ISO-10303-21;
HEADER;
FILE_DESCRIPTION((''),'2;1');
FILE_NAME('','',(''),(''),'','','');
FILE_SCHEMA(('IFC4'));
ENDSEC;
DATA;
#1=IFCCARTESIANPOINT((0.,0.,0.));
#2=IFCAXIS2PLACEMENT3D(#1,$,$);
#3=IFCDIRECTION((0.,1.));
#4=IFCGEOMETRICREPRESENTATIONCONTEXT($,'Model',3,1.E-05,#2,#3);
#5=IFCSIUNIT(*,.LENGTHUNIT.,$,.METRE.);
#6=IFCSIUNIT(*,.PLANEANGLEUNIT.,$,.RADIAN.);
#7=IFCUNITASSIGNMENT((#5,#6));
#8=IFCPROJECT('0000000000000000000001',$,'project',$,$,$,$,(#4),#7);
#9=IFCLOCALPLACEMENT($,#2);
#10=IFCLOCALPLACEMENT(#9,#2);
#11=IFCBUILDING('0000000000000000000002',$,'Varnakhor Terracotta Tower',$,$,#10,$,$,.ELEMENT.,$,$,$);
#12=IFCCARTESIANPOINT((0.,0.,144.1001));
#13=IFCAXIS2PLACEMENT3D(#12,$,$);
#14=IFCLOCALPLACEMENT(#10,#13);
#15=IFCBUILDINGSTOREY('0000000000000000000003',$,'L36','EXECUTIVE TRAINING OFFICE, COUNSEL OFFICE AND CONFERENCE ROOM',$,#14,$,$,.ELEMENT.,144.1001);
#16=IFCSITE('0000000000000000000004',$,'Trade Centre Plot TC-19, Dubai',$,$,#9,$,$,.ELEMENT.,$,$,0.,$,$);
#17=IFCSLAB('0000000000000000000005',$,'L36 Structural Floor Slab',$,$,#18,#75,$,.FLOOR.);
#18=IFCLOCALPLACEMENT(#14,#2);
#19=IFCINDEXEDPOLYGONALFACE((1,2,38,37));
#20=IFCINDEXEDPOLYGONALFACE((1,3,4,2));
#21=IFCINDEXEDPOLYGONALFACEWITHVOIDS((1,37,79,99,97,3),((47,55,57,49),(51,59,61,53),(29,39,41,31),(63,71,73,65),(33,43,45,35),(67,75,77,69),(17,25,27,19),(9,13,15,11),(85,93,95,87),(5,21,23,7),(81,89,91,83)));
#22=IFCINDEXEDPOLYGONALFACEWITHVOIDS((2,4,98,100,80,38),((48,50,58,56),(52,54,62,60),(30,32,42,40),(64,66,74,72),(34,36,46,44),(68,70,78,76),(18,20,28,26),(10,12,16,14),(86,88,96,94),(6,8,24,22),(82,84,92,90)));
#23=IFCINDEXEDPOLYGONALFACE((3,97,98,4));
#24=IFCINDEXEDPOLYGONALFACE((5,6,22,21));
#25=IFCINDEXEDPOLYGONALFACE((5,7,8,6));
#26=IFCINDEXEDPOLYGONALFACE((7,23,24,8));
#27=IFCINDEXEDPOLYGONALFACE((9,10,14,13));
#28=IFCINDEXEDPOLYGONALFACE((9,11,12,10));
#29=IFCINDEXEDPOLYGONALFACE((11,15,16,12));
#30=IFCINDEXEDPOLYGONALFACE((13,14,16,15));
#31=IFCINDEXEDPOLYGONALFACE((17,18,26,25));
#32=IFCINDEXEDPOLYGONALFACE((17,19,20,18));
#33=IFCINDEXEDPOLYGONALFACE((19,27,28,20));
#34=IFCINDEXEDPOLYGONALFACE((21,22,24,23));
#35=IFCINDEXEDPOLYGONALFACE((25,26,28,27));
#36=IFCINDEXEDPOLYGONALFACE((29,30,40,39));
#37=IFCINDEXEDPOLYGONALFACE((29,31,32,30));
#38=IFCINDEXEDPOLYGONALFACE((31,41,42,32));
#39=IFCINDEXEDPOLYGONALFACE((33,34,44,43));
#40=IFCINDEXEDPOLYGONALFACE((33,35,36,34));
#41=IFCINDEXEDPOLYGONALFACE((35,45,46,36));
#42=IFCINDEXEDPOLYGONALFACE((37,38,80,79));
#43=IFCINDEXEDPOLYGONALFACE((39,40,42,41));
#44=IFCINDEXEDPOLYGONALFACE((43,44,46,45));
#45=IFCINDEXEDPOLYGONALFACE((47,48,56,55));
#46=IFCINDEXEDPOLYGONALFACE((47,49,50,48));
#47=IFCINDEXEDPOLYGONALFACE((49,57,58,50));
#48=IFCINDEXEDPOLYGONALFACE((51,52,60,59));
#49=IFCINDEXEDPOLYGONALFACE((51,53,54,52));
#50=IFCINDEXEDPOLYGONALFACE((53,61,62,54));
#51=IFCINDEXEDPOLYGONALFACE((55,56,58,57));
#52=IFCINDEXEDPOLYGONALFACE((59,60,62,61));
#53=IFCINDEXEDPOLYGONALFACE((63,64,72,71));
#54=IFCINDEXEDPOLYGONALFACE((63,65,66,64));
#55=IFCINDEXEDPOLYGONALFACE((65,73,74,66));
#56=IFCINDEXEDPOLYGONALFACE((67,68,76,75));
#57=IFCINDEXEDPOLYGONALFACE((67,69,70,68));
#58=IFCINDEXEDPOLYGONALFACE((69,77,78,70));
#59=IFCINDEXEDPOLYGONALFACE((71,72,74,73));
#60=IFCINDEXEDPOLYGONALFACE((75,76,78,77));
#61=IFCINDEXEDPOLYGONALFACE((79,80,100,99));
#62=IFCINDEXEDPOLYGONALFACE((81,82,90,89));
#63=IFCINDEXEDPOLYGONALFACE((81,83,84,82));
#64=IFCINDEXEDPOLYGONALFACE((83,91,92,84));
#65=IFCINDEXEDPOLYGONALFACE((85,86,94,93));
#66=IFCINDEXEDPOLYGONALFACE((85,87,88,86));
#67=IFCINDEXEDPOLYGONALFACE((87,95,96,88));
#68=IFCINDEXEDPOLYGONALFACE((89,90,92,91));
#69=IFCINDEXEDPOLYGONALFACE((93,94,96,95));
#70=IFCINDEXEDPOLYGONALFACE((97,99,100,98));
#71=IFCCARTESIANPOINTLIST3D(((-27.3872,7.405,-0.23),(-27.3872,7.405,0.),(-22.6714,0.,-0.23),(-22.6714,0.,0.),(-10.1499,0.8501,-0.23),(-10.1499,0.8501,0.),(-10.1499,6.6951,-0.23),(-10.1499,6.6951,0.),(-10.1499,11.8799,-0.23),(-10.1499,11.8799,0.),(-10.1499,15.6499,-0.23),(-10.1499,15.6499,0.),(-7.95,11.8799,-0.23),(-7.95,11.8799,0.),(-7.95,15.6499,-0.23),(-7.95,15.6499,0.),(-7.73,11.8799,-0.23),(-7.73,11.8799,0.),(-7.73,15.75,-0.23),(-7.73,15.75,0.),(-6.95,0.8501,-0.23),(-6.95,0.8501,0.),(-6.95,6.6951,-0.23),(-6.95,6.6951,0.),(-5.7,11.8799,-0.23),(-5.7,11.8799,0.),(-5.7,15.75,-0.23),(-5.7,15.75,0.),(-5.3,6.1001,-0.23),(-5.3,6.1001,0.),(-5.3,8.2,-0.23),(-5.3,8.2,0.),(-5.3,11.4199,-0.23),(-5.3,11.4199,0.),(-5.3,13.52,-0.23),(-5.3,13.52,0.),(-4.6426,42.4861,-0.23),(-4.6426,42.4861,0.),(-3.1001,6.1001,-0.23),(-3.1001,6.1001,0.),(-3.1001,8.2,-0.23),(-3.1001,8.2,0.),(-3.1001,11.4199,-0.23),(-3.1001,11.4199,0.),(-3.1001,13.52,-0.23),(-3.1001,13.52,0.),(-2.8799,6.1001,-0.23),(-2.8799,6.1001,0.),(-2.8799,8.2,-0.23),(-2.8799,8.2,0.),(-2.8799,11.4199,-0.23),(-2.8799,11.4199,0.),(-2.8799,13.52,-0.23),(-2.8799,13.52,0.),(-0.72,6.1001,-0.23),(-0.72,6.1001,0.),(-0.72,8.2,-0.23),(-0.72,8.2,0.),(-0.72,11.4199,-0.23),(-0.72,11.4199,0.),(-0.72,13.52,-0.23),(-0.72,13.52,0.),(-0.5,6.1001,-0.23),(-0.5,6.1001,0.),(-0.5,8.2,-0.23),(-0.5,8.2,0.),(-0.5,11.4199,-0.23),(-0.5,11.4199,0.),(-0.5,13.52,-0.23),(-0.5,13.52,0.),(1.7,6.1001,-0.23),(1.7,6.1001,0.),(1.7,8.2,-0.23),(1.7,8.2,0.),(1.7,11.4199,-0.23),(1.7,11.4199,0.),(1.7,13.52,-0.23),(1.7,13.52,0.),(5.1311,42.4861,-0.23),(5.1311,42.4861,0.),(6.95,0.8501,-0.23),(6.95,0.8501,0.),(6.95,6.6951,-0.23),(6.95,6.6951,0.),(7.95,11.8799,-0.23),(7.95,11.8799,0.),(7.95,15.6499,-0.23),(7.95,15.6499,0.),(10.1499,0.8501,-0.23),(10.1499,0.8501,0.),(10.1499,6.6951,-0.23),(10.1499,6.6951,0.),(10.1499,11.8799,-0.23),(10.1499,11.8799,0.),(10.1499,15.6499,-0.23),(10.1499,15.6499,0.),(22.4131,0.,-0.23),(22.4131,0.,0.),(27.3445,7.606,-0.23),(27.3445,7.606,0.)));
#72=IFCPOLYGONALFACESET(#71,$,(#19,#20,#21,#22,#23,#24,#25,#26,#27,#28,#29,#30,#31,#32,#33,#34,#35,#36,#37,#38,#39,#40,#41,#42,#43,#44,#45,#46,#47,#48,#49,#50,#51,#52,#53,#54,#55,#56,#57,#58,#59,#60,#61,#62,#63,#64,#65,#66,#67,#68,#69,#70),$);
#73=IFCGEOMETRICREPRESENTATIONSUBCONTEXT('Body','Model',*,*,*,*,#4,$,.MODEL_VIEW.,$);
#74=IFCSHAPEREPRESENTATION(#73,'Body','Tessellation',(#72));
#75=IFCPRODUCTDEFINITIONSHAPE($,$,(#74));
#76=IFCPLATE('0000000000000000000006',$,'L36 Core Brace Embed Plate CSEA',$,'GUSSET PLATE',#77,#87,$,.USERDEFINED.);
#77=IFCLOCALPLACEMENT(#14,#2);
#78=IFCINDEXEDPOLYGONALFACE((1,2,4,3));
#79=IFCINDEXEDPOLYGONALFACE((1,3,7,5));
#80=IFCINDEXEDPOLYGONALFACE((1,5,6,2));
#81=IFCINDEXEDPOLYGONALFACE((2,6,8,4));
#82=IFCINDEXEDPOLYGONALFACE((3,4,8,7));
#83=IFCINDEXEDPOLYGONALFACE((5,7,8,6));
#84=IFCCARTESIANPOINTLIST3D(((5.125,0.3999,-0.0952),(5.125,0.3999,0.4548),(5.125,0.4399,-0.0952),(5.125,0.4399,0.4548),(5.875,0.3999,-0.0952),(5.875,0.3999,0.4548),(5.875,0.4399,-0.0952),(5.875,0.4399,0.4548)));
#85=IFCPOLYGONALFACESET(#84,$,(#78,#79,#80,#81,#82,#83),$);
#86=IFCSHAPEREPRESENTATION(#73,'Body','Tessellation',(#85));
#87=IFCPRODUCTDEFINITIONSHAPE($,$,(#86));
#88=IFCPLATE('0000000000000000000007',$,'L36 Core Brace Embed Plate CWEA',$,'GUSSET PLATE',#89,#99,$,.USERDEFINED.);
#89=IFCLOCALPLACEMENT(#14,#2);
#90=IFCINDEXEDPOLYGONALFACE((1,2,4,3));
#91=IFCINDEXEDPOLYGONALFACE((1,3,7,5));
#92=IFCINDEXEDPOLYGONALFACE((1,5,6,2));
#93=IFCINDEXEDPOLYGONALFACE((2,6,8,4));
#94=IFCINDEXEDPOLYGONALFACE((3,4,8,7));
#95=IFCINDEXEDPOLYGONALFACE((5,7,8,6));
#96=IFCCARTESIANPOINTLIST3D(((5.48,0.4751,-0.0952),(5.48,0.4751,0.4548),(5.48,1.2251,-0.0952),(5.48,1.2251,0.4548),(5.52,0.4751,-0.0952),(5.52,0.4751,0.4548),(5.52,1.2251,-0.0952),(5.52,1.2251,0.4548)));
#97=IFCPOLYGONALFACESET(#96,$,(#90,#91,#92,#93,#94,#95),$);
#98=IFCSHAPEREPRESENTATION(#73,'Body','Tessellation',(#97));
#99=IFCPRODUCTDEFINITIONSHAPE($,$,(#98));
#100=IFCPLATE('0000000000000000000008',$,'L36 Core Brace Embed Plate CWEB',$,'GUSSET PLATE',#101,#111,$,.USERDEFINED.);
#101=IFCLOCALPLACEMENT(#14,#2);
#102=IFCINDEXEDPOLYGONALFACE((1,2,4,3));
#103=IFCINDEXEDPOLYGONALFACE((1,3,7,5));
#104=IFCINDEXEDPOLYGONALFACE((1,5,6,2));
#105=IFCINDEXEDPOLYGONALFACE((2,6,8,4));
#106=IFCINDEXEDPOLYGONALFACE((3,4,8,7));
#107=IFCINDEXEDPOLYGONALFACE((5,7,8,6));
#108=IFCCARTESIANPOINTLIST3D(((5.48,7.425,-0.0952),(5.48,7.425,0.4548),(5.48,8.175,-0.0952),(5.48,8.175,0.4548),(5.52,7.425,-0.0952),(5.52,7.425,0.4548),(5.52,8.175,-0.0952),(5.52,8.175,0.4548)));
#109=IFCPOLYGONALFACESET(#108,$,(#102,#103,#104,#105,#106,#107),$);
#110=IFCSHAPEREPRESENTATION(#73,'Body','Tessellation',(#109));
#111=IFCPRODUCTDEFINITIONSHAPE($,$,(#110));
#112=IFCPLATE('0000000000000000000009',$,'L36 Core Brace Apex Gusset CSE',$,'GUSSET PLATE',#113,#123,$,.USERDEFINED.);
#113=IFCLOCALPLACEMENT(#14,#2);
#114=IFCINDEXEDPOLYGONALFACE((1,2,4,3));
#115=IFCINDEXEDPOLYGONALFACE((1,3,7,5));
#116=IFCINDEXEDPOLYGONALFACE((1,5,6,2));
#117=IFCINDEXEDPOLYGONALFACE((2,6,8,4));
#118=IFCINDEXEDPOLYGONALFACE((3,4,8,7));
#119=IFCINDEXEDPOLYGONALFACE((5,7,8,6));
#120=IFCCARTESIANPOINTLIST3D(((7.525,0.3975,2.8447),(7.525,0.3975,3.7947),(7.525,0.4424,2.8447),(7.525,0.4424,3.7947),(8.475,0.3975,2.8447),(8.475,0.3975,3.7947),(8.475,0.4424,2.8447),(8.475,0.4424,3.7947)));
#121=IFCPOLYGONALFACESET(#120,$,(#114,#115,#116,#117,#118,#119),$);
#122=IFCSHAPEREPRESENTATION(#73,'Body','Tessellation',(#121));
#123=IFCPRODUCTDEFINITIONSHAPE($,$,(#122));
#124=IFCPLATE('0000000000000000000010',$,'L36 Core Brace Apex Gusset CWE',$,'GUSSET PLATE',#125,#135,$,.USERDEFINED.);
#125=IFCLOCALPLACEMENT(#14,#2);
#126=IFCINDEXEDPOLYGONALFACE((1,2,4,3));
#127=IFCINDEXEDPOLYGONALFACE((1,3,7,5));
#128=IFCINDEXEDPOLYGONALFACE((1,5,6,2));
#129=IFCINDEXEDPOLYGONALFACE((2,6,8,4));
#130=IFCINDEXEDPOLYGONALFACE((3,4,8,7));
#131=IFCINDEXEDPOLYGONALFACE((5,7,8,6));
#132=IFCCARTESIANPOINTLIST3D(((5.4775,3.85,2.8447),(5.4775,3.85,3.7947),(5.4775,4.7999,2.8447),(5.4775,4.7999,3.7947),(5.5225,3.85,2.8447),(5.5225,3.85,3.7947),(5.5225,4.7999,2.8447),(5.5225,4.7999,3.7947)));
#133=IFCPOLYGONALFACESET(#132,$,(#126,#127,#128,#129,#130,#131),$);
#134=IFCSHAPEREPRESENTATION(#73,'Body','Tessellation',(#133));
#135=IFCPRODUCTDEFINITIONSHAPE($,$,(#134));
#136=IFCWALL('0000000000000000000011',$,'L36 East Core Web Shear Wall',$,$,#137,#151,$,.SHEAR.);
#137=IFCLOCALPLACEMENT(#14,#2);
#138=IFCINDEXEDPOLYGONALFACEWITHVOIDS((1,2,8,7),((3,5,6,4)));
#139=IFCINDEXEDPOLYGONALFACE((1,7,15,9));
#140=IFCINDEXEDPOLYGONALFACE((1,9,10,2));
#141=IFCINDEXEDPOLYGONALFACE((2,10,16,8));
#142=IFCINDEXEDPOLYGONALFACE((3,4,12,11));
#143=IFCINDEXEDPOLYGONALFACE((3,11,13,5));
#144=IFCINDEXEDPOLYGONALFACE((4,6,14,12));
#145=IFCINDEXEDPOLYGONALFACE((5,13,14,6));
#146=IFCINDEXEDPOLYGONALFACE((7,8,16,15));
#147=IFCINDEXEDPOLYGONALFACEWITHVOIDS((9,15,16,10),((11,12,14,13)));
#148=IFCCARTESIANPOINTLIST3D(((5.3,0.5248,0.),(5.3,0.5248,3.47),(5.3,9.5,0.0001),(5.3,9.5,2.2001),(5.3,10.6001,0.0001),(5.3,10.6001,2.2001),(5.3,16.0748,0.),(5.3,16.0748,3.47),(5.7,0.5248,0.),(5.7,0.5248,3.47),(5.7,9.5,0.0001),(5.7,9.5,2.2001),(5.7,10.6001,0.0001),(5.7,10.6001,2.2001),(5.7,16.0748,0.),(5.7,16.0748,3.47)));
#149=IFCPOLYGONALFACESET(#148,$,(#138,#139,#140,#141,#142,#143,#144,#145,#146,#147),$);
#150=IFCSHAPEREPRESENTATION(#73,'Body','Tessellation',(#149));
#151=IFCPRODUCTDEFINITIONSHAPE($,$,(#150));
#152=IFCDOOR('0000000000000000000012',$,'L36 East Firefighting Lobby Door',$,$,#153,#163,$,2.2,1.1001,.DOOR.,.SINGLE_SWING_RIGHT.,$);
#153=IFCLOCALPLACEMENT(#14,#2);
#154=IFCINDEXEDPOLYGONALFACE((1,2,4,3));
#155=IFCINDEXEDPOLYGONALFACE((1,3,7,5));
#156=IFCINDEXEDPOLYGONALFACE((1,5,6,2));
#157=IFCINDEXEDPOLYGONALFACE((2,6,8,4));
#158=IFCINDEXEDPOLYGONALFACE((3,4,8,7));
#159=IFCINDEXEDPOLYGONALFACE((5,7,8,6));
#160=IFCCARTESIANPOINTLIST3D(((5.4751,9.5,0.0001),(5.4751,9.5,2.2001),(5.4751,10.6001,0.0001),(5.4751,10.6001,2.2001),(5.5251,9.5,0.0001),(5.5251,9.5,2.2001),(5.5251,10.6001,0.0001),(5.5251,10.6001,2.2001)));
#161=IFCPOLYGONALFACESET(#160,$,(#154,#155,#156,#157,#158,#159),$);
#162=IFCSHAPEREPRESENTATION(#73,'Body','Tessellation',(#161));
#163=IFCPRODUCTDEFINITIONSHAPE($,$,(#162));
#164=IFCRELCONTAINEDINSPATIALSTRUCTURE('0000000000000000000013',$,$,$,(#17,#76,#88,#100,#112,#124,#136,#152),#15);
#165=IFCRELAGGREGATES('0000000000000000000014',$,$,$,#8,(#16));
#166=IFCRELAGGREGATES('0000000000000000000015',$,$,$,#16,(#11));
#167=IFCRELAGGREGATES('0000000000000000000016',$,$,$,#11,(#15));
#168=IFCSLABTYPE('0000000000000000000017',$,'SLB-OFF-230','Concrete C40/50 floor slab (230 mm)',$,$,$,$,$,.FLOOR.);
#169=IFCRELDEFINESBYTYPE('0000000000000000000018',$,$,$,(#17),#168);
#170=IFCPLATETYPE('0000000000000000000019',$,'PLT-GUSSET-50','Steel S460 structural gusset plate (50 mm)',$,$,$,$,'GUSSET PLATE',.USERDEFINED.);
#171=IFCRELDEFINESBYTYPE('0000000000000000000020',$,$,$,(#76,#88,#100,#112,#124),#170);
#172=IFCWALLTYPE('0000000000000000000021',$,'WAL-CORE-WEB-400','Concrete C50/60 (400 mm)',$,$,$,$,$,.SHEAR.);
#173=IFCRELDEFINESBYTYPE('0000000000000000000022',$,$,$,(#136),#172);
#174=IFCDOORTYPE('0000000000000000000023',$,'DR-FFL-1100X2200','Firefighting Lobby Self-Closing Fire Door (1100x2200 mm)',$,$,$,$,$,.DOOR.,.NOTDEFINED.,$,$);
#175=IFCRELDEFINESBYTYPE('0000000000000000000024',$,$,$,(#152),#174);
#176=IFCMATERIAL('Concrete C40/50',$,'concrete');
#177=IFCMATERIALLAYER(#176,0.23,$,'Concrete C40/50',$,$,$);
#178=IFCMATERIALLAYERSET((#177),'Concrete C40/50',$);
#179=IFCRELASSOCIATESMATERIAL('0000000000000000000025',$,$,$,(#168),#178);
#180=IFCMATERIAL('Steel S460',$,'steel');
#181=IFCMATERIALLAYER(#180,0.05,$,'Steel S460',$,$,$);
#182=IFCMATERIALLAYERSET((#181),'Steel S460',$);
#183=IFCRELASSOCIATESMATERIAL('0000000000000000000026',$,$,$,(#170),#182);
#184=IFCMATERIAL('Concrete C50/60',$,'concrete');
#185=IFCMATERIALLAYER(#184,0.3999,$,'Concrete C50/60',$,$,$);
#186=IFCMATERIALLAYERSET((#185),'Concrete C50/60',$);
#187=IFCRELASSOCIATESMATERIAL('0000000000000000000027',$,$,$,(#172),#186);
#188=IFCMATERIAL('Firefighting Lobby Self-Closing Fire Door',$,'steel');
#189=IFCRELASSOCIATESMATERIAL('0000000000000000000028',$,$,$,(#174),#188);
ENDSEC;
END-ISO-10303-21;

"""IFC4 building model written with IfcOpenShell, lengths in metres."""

from ifc_helpers import new_model, si_unit, direction, frame, frame_2d, origin, origin_2d, place, context, subcontext, project, spatial, polyline, rectangle, outline, extrude, source, transform, mapped, material, layer, layer_set, type_object, type_shapes, element, fill, save


model = new_model("IFC4")

# Units and contexts
model_context = context("Model", 3, precision=1e-05, world=origin(), true_north=direction((0.0, 1.0)))
body_context = subcontext(model_context, "Body", "Model", "MODEL_VIEW")
ifc_project = project(units=[si_unit("LENGTHUNIT", "METRE"), si_unit("PLANEANGLEUNIT", "RADIAN")], contexts=[model_context])

# Site, building, storey
site_placement = place(None, origin())
site = spatial("IfcSite", under=ifc_project, at=site_placement, Name="Trade Centre Plot TC-19, Dubai", CompositionType="ELEMENT", RefElevation=0.0)
building_placement = place(site_placement, origin())
building = spatial("IfcBuilding", under=site, at=building_placement, Name="Varnakhor Terracotta Tower", CompositionType="ELEMENT")
storey_placement = place(building_placement, frame((0.0, 0.0, 144.1001)))
storey = spatial("IfcBuildingStorey", under=building, at=storey_placement, Name="L36", Description="EXECUTIVE TRAINING OFFICE, COUNSEL OFFICE AND CONFERENCE ROOM", CompositionType="ELEMENT", Elevation=144.1001)

# Shared definitions
ifc_material_1 = material(Name="Concrete C50/60", Category="concrete")

# Shared definitions
ifc_material_2 = material(Name="Steel S460", Category="steel")

# Shared definitions
ifc_material_3 = material(Name="Concrete C40/50", Category="concrete")

# Slab
ifc_layer_1 = layer(ifc_material_3, 0.23, Name="Concrete C40/50")
ifc_layer_set_1 = layer_set([ifc_layer_1], Name="Concrete C40/50")
slab_type_1 = type_object("IfcSlabType", Name="SLB-OFF-230", Description="Concrete C40/50 floor slab (230 mm)", PredefinedType="FLOOR", material=ifc_layer_set_1)
slab_1_placement = place(storey_placement, frame((0.0, 0.0, -0.23)))
element("IfcSlab", 1, at=slab_1_placement, inside=storey, type_object=slab_type_1, Name="L36 Structural Floor Slab", PredefinedType="FLOOR", context=body_context, shape_type="SweptSolid", body=[
    extrude(outline(polyline([(-27.3872, 7.405), (-4.6426, 42.4861), (5.1311, 42.4861), (27.3445, 7.606), (22.4131, 0.0), (-22.6714, 0.0), (-27.3872, 7.405)]), holes=[polyline([(-6.95, 0.8501), (-6.95, 6.6951), (-10.1499, 6.6951), (-10.1499, 0.8501), (-6.95, 0.8501)]), polyline([(-3.1001, 6.1001), (-3.1001, 8.2), (-5.3, 8.2), (-5.3, 6.1001), (-3.1001, 6.1001)]), polyline([(-0.72, 6.1001), (-0.72, 8.2), (-2.8799, 8.2), (-2.8799, 6.1001), (-0.72, 6.1001)]), polyline([(-5.3, 11.4199), (-3.1001, 11.4199), (-3.1001, 13.52), (-5.3, 13.52), (-5.3, 11.4199)]), polyline([(-10.1499, 11.8799), (-7.95, 11.8799), (-7.95, 15.6499), (-10.1499, 15.6499), (-10.1499, 11.8799)]), polyline([(-5.7, 11.8799), (-5.7, 15.75), (-7.73, 15.75), (-7.73, 11.8799), (-5.7, 11.8799)]), polyline([(6.95, 0.8501), (10.1499, 0.8501), (10.1499, 6.6951), (6.95, 6.6951), (6.95, 0.8501)]), polyline([(-0.5, 6.1001), (1.7, 6.1001), (1.7, 8.2), (-0.5, 8.2), (-0.5, 6.1001)]), polyline([(-0.72, 11.4199), (-0.72, 13.52), (-2.8799, 13.52), (-2.8799, 11.4199), (-0.72, 11.4199)]), polyline([(-0.5, 11.4199), (1.7, 11.4199), (1.7, 13.52), (-0.5, 13.52), (-0.5, 11.4199)]), polyline([(7.95, 11.8799), (10.1499, 11.8799), (10.1499, 15.6499), (7.95, 15.6499), (7.95, 11.8799)])]), origin(), (0.0, 0.0, 1.0), 0.23),
])

# Plates
ifc_layer_2 = layer(ifc_material_2, 0.05, Name="Steel S460")
ifc_layer_set_2 = layer_set([ifc_layer_2], Name="Steel S460")
plate_type = type_object("IfcPlateType", Name="PLT-GUSSET-50", Description="Steel S460 structural gusset plate (50 mm)", ElementType="GUSSET PLATE", PredefinedType="USERDEFINED", material=ifc_layer_set_2)
shared_shape_1 = source(origin(), body_context, "Body", "SweptSolid", [
    extrude(rectangle(XDim=0.75, YDim=0.04, at=origin_2d()), origin(), (0.0, 0.0, 1.0), 0.55),
])
type_shapes(plate_type, [shared_shape_1])
for number, where, z_axis, x_axis, name in (
    (2, (5.5, 0.4199, -0.0952), (0.0, 0.0, 1.0), (1.0, 0.0, 0.0), "L36 Core Brace Embed Plate CSEA"),
    (3, (5.5, 0.8501, -0.0952), (0.0, 0.0, 1.0), (0.0, 1.0, 0.0), "L36 Core Brace Embed Plate CWEA"),
    (4, (5.5, 7.8, -0.0952), (0.0, 0.0, 1.0), (0.0, 1.0, 0.0), "L36 Core Brace Embed Plate CWEB"),
):
    element("IfcPlate", number, at=place(storey_placement, frame(where, z_axis=z_axis, x_axis=x_axis)), inside=storey, type_object=plate_type, Name=name, ObjectType="GUSSET PLATE", PredefinedType="USERDEFINED", context=body_context, shape_type="MappedRepresentation", body=[
        mapped(shared_shape_1, transform((0.0, 0.0, 0.0), scale=1.0)),
    ])
shared_shape_2 = source(origin(), body_context, "Body", "SweptSolid", [
    extrude(rectangle(XDim=0.95, YDim=0.0449, at=origin_2d()), origin(), (0.0, 0.0, 1.0), 0.95),
])
for number, where, z_axis, x_axis, name in (
    (5, (8.0, 0.4199, 2.8447), (0.0, 0.0, 1.0), (1.0, 0.0, 0.0), "L36 Core Brace Apex Gusset CSE"),
    (6, (5.5, 4.325, 2.8447), (0.0, 0.0, 1.0), (0.0, 1.0, 0.0), "L36 Core Brace Apex Gusset CWE"),
):
    element("IfcPlate", number, at=place(storey_placement, frame(where, z_axis=z_axis, x_axis=x_axis)), inside=storey, type_object=plate_type, Name=name, ObjectType="GUSSET PLATE", PredefinedType="USERDEFINED", context=body_context, shape_type="MappedRepresentation", body=[
        mapped(shared_shape_2, transform((0.0, 0.0, 0.0), scale=1.0)),
    ])

# Wall, opening, door
ifc_layer_3 = layer(ifc_material_1, 0.3999, Name="Concrete C50/60")
ifc_layer_set_3 = layer_set([ifc_layer_3], Name="Concrete C50/60")
wall_type_1 = type_object("IfcWallType", Name="WAL-CORE-WEB-400", Description="Concrete C50/60 (400 mm)", PredefinedType="SHEAR", material=ifc_layer_set_3)
wall_1_placement = place(storey_placement, frame((5.5, 0.5249, 0.0), z_axis=(0.0, 0.0, 1.0), x_axis=(0.0, 1.0, 0.0)))
wall_1 = element("IfcWall", 7, at=wall_1_placement, inside=storey, type_object=wall_type_1, Name="L36 East Core Web Shear Wall", PredefinedType="SHEAR", context=body_context, shape_type="SweptSolid", body=[
    extrude(rectangle(XDim=15.55, YDim=0.3999, at=frame_2d((7.7749, 0.0))), origin(), (0.0, 0.0, 1.0), 3.47),
])
opening_1_placement = place(wall_1_placement, frame((8.9751, 0.0, 0.0)))
opening_1 = element("IfcOpeningElement", 8, at=opening_1_placement, cuts=wall_1, PredefinedType="OPENING", context=body_context, shape_type="SweptSolid", body=[
    extrude(rectangle(XDim=1.1001, YDim=2.2, at=frame_2d((0.55, 1.1001))), frame((0.0, 0.21, 0.0), z_axis=(0.0, -1.0, 0.0), x_axis=(1.0, 0.0, 0.0)), (0.0, 0.0, 1.0), 0.4199),
])
ifc_material_4 = material(Name="Firefighting Lobby Self-Closing Fire Door", Category="steel")
door_type_1 = type_object("IfcDoorType", Name="DR-FFL-1100X2200", Description="Firefighting Lobby Self-Closing Fire Door (1100x2200 mm)", OperationType="NOTDEFINED", PredefinedType="DOOR", material=ifc_material_4)
shared_shape_3 = source(origin(), body_context, "Body", "SweptSolid", [
    extrude(rectangle(XDim=1.1001, YDim=2.2, at=frame_2d((0.55, 1.1001))), frame((0.0, 0.0249, 0.0), z_axis=(0.0, -1.0, 0.0), x_axis=(1.0, 0.0, 0.0)), (0.0, 0.0, 1.0), 0.05),
])
type_shapes(door_type_1, [shared_shape_3])
door_1_placement = place(opening_1_placement, origin())
door_1 = element("IfcDoor", 9, at=door_1_placement, inside=storey, type_object=door_type_1, Name="L36 East Firefighting Lobby Door", OperationType="SINGLE_SWING_RIGHT", OverallHeight=2.2, OverallWidth=1.1001, PredefinedType="DOOR", context=body_context, shape_type="MappedRepresentation", body=[
    mapped(shared_shape_3, transform((0.0, 0.0, 0.0), scale=1.0)),
])
fill(opening_1, door_1)

save(model, "model.ifc")
